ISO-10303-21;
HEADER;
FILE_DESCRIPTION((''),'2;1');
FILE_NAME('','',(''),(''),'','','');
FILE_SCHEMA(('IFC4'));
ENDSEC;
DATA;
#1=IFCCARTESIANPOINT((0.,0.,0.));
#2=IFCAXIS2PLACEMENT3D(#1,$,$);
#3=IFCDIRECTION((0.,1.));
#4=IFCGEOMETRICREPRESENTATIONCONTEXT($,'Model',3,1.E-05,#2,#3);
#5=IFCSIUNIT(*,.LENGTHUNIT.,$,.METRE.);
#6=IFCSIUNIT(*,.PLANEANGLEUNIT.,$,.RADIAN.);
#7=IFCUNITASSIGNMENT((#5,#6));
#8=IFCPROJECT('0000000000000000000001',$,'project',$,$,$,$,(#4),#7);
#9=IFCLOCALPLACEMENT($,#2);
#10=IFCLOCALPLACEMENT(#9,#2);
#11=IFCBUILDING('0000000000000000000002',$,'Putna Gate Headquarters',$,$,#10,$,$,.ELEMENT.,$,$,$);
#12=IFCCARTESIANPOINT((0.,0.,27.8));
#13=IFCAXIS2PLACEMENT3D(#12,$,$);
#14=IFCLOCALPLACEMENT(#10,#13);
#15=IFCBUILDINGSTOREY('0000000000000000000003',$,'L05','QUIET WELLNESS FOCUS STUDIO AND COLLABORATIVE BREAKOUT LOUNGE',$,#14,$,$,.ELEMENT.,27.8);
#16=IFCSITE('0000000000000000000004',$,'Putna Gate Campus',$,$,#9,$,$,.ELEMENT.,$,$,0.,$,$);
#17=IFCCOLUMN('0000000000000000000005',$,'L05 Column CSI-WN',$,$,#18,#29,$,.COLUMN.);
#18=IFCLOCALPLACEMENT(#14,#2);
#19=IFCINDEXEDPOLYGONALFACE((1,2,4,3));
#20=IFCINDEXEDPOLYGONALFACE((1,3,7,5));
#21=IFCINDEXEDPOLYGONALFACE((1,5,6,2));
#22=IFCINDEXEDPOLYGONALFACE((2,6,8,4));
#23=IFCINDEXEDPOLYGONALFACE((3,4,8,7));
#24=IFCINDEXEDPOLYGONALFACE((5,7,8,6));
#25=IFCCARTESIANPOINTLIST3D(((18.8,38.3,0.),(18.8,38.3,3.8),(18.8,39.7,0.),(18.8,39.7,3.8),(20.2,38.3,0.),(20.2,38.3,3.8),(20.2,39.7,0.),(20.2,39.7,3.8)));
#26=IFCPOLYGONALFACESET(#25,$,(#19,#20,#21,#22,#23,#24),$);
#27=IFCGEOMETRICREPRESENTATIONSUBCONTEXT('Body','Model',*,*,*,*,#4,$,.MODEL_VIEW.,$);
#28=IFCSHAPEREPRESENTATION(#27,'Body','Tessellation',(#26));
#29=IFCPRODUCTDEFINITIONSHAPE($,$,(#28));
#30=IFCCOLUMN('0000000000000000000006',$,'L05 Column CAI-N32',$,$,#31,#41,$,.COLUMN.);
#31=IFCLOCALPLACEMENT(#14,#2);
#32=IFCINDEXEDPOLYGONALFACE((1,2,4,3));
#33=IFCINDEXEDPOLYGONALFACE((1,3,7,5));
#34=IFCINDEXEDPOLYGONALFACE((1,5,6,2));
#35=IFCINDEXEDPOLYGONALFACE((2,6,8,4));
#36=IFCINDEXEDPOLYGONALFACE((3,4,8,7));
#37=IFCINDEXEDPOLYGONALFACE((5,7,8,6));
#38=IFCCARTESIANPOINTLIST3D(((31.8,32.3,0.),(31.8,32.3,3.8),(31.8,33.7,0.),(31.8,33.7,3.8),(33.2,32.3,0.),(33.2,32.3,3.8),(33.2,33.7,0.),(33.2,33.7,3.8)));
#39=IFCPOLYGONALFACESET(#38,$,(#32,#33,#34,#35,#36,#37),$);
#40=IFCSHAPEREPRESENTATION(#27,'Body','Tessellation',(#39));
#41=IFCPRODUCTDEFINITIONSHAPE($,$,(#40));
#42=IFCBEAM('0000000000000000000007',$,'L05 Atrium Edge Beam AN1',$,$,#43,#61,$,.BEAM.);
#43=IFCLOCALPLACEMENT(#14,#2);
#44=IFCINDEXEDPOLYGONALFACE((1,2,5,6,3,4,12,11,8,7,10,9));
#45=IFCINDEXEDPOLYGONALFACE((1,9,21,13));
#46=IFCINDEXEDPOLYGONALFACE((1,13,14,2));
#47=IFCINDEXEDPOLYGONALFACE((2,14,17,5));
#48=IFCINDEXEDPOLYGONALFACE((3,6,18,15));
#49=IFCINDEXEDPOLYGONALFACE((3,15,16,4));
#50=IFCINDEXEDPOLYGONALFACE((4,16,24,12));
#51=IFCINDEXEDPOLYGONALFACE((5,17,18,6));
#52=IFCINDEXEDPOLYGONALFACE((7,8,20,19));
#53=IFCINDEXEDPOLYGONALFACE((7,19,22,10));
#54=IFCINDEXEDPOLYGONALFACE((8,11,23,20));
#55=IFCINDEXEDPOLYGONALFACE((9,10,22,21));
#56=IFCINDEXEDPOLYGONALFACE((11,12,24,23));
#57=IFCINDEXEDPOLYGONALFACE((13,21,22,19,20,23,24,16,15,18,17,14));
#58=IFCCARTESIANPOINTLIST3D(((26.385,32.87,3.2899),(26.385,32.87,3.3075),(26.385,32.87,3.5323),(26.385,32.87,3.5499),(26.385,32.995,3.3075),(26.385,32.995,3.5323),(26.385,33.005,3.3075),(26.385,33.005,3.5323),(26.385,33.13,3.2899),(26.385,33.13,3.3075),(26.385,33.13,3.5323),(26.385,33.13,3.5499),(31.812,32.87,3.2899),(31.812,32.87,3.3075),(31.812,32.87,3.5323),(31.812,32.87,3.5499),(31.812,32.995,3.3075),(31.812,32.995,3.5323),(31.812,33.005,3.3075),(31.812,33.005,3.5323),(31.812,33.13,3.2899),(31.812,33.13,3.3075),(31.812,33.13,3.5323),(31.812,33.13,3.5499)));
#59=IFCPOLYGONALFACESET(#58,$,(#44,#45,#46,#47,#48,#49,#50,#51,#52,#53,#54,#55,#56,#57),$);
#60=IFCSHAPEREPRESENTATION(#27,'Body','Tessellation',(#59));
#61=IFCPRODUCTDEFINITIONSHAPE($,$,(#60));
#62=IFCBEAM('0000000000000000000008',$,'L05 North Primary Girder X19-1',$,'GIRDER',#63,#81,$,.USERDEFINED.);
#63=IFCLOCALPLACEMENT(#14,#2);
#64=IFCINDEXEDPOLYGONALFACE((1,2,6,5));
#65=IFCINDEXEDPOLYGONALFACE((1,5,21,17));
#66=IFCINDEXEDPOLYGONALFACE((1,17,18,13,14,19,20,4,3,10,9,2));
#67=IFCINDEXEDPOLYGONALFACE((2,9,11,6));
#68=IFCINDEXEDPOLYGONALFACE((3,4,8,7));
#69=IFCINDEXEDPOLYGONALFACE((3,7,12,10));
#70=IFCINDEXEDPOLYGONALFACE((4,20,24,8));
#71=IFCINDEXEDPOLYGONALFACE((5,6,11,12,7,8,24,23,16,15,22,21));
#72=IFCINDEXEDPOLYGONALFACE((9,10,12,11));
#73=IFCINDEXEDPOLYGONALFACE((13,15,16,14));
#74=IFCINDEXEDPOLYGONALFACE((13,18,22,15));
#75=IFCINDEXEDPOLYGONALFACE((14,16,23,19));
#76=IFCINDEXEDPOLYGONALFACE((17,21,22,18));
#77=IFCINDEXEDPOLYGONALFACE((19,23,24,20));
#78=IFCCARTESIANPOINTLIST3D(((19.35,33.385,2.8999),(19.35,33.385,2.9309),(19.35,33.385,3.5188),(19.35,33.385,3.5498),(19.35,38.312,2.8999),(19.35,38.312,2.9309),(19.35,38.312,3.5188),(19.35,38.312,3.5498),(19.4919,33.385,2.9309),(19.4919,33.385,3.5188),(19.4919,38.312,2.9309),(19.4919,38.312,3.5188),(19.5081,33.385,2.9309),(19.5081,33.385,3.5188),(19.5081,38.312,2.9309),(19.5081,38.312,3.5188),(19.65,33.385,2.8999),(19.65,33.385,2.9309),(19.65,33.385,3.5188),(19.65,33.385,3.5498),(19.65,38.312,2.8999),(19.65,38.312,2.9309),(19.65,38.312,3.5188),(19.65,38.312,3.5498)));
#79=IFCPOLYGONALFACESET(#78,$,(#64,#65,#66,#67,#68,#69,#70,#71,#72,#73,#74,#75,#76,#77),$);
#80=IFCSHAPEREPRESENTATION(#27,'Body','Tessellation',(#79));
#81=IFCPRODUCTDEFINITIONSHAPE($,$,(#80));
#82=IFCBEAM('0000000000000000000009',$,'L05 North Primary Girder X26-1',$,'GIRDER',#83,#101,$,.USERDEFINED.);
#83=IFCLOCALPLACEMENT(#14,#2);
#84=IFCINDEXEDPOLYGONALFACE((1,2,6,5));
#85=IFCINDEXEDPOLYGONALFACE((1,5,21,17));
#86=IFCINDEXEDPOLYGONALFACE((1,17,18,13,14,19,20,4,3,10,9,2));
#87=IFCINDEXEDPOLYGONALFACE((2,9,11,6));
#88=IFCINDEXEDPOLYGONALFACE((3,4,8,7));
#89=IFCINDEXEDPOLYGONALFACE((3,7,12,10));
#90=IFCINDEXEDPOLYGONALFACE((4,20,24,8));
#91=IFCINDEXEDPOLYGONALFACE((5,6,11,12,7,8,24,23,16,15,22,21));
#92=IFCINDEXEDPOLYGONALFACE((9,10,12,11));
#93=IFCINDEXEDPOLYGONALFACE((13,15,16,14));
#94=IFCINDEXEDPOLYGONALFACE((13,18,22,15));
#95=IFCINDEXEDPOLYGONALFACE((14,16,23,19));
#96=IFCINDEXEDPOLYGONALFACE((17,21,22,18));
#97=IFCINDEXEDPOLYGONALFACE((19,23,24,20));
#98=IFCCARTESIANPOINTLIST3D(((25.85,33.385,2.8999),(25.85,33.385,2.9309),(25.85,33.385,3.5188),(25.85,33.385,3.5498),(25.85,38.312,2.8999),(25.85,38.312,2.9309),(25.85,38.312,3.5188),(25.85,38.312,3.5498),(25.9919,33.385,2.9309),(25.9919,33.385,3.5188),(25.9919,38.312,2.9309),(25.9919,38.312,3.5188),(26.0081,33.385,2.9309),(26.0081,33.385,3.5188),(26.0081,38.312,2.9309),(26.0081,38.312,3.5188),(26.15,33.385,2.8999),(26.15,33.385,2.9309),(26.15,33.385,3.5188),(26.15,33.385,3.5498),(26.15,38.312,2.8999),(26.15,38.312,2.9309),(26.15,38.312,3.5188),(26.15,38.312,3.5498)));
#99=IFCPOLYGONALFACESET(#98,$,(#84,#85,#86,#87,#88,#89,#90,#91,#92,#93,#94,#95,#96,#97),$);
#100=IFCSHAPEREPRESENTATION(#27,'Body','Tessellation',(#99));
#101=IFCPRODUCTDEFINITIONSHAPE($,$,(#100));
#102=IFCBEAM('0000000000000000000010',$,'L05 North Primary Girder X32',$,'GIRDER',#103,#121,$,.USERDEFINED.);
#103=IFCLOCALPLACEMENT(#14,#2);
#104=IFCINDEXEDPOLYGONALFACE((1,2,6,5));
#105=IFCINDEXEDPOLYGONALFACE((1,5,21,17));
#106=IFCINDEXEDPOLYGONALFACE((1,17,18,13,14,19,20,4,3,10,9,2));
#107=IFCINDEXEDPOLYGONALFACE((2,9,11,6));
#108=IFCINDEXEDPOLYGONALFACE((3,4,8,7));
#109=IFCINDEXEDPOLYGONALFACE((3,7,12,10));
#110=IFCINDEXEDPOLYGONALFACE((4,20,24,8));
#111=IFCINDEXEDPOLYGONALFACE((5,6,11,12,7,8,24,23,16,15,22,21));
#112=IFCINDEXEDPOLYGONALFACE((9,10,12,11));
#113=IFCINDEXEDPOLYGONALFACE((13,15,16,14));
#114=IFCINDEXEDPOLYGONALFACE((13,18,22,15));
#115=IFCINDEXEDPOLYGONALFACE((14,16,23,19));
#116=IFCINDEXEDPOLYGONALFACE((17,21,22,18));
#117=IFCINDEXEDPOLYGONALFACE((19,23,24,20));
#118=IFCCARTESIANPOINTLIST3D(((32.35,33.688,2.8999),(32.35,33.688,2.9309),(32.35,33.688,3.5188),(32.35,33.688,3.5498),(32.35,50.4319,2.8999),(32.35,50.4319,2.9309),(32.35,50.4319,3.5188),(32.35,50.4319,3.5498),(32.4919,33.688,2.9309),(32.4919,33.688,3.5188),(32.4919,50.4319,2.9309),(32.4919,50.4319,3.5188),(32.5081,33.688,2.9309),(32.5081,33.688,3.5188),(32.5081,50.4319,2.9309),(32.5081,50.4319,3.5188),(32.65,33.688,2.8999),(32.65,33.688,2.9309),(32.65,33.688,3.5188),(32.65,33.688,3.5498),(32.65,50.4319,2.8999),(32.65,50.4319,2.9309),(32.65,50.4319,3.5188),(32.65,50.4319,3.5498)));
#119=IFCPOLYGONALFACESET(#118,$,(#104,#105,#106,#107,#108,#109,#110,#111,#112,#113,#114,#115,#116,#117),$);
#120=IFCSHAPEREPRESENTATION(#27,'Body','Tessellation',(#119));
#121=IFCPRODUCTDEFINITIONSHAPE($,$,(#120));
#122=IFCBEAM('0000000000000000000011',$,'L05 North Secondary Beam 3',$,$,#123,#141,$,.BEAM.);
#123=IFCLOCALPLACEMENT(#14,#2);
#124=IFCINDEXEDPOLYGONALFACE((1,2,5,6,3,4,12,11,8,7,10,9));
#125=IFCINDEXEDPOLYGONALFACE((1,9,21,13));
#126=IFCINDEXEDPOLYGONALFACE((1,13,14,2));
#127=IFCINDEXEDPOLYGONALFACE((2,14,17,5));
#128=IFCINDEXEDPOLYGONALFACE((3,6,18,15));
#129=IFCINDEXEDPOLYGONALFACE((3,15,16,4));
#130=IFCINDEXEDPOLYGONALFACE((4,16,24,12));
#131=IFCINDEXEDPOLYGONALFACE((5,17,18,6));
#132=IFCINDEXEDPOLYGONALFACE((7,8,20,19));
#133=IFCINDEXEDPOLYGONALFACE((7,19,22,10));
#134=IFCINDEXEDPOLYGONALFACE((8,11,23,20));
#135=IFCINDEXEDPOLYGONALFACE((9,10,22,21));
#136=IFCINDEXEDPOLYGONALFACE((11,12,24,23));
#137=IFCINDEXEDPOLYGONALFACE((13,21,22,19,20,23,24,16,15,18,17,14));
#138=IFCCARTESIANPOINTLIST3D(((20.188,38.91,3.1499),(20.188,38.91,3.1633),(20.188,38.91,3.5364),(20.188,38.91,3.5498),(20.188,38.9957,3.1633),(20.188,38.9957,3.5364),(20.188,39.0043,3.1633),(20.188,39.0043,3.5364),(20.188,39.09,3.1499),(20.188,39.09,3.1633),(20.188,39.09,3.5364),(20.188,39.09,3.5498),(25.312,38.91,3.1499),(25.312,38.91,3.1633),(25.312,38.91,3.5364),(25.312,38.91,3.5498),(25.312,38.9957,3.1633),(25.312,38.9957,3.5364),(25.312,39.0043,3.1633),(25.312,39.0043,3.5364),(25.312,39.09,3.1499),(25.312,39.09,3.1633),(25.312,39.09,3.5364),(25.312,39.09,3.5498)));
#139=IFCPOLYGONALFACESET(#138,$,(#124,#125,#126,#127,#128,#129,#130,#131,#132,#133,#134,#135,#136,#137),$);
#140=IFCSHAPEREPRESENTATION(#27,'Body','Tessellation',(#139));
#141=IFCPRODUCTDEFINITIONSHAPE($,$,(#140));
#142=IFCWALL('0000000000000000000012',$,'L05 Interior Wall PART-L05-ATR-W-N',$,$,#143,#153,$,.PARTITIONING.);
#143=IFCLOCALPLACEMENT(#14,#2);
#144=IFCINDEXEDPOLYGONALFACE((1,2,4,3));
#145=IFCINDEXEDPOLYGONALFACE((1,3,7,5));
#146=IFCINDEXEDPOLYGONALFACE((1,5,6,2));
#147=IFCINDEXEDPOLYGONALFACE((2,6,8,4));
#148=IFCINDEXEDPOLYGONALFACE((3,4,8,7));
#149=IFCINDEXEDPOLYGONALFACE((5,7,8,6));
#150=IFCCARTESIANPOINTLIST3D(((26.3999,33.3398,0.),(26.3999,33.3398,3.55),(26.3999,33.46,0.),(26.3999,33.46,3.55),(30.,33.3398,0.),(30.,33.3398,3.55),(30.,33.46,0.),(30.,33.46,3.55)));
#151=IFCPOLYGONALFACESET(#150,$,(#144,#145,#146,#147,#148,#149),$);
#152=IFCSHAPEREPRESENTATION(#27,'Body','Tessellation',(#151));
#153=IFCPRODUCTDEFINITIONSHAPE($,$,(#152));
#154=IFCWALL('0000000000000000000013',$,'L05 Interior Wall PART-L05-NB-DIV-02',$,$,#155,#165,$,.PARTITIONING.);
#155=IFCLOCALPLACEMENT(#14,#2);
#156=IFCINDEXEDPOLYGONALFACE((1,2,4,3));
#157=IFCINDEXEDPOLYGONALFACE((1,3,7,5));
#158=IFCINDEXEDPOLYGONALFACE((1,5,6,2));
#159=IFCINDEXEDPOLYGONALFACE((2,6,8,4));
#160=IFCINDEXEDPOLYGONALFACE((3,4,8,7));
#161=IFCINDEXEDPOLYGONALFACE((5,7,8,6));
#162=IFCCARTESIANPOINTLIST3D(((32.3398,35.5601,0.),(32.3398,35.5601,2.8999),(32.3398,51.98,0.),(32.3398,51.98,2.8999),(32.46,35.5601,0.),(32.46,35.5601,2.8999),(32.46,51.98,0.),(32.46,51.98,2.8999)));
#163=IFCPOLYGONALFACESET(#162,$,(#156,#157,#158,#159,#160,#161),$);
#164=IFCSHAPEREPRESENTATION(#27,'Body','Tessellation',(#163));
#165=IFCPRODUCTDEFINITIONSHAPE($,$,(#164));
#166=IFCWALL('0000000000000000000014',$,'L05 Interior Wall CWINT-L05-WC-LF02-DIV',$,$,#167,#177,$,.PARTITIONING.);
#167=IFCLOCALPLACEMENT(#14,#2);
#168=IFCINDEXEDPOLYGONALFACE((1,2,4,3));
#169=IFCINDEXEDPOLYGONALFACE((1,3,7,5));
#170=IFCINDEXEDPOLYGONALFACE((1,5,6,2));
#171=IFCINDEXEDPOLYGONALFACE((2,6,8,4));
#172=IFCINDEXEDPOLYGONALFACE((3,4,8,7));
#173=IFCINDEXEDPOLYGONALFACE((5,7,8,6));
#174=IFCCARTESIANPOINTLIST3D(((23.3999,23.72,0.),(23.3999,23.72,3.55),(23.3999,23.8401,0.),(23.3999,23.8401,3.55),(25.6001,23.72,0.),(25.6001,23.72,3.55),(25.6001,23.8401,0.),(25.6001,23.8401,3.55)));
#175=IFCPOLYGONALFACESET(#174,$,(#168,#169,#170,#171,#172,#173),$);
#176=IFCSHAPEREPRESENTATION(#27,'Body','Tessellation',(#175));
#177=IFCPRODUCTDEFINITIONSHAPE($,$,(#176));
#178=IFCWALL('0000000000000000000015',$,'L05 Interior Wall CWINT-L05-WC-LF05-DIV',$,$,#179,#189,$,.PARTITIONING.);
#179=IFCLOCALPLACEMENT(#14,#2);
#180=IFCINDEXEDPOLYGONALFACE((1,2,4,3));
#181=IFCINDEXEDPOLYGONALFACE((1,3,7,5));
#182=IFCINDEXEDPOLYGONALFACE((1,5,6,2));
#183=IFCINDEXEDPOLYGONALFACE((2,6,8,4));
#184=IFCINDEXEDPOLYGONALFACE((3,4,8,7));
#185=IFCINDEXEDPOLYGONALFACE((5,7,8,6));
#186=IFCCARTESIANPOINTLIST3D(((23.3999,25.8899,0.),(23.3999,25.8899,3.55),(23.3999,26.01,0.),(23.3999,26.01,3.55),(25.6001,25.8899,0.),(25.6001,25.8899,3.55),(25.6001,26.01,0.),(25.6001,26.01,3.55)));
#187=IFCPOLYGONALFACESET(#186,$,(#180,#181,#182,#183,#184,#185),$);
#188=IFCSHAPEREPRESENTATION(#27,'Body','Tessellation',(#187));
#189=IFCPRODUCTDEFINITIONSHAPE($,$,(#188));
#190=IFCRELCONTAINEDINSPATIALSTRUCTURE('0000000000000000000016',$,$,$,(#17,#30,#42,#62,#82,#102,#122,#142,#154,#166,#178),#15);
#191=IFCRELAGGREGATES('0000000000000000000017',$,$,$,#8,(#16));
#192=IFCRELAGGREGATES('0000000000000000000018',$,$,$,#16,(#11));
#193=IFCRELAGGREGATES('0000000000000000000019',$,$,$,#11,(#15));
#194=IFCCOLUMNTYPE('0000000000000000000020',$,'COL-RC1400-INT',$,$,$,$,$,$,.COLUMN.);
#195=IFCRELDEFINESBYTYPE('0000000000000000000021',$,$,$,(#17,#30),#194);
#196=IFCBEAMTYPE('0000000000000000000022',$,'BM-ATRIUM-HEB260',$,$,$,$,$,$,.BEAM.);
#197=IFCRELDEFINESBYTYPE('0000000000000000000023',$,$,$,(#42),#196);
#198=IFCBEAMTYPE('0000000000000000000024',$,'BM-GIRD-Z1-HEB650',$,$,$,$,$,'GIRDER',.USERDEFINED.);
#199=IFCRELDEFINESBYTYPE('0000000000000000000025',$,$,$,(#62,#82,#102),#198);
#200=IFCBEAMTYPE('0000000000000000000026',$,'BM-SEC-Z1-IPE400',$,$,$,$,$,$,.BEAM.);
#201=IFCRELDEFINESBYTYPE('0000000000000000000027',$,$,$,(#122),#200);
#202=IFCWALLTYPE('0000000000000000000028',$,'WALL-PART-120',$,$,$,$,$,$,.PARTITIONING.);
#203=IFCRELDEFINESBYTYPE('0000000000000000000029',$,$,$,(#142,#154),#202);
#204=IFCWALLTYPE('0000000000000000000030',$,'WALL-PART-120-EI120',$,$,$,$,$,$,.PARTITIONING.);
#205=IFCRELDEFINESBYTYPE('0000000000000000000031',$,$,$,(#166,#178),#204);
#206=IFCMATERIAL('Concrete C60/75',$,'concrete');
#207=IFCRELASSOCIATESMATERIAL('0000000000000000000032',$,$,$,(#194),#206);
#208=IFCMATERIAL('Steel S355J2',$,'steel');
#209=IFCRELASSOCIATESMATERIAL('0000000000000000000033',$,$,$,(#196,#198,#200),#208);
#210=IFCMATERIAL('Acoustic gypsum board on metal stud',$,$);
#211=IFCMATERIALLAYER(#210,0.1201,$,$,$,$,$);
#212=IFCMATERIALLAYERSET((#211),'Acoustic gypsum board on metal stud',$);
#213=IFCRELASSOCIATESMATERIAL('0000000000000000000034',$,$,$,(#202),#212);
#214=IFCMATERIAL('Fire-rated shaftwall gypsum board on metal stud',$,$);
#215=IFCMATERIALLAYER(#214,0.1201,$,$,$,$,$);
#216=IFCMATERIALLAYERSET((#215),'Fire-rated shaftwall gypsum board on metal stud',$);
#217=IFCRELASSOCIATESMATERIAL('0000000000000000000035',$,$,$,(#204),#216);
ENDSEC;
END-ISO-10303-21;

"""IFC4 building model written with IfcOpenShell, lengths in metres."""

from ifc_helpers import new_model, si_unit, direction, frame, frame_2d, origin, origin_2d, place, context, subcontext, project, spatial, rectangle, i_section, extrude, material, layer, layer_set, material_profile, profile_set, type_object, element, save


model = new_model("IFC4")

# Units and contexts
model_context = context("Model", 3, precision=1e-05, world=origin(), true_north=direction((0.0, 1.0)))
body_context = subcontext(model_context, "Body", "Model", "MODEL_VIEW")
ifc_project = project(units=[si_unit("LENGTHUNIT", "METRE"), si_unit("PLANEANGLEUNIT", "RADIAN")], contexts=[model_context])

# Site, building, storey
site_placement = place(None, origin())
site = spatial("IfcSite", under=ifc_project, at=site_placement, Name="Putna Gate Campus", CompositionType="ELEMENT", RefElevation=0.0)
building_placement = place(site_placement, origin())
building = spatial("IfcBuilding", under=site, at=building_placement, Name="Putna Gate Headquarters", CompositionType="ELEMENT")
storey_placement = place(building_placement, frame((0.0, 0.0, 27.8)))
storey = spatial("IfcBuildingStorey", under=building, at=storey_placement, Name="L05", Description="QUIET WELLNESS FOCUS STUDIO AND COLLABORATIVE BREAKOUT LOUNGE", CompositionType="ELEMENT", Elevation=27.8)

# Columns
ifc_material_1 = material(Name="Concrete C60/75", Category="concrete")
ifc_material_profile_1 = material_profile(ifc_material_1, rectangle(XDim=1.3999, YDim=1.3999, at=origin_2d()), Name="Concrete C60/75")
ifc_profile_set_1 = profile_set([ifc_material_profile_1], Name="Concrete C60/75")
column_type = type_object("IfcColumnType", Name="COL-RC1400-INT", PredefinedType="COLUMN", material=ifc_profile_set_1)
for number, where, z_axis, x_axis, name in (
    (1, (19.5, 39.0, 0.0), (0.0, 0.0, 1.0), (1.0, 0.0, 0.0), "L05 Column CSI-WN"),
    (2, (32.5, 33.0, 0.0), (0.0, 0.0, 1.0), (1.0, 0.0, 0.0), "L05 Column CAI-N32"),
):
    element("IfcColumn", number, at=place(storey_placement, frame(where, z_axis=z_axis, x_axis=x_axis)), inside=storey, type_object=column_type, Name=name, PredefinedType="COLUMN", context=body_context, shape_type="SweptSolid", body=[
        extrude(rectangle(XDim=1.3999, YDim=1.3999, at=origin_2d()), origin(), (0.0, 0.0, 1.0), 3.8),
    ])

# Beams
ifc_material_2 = material(Name="Steel S355J2", Category="steel")
ifc_material_profile_2 = material_profile(ifc_material_2, i_section(OverallWidth=0.26, OverallDepth=0.26, WebThickness=0.01, FlangeThickness=0.0176, at=origin_2d()), Name="Steel S355J2")
ifc_profile_set_2 = profile_set([ifc_material_profile_2], Name="Steel S355J2")
beam_type_1 = type_object("IfcBeamType", Name="BM-ATRIUM-HEB260", PredefinedType="BEAM", material=ifc_profile_set_2)
beam_1_placement = place(storey_placement, frame((26.385, 33.0, 3.4199), z_axis=(1.0, 0.0, 0.0), x_axis=(0.0, 1.0, 0.0)))
element("IfcBeam", 3, at=beam_1_placement, inside=storey, type_object=beam_type_1, Name="L05 Atrium Edge Beam AN1", PredefinedType="BEAM", context=body_context, shape_type="SweptSolid", body=[
    extrude(i_section(OverallWidth=0.26, OverallDepth=0.26, WebThickness=0.01, FlangeThickness=0.0176, at=origin_2d()), origin(), (0.0, 0.0, 1.0), 5.427),
])
ifc_material_profile_3 = material_profile(ifc_material_2, i_section(OverallWidth=0.3, OverallDepth=0.6499, WebThickness=0.0161, FlangeThickness=0.031, at=origin_2d()), Name="Steel S355J2")
ifc_profile_set_3 = profile_set([ifc_material_profile_3], Name="Steel S355J2")
beam_type_2 = type_object("IfcBeamType", Name="BM-GIRD-Z1-HEB650", ElementType="GIRDER", PredefinedType="USERDEFINED", material=ifc_profile_set_3)
for number, where, z_axis, x_axis, name in (
    (4, (19.5, 33.385, 3.2249), (0.0, 1.0, 0.0), (-1.0, 0.0, 0.0), "L05 North Primary Girder X19-1"),
    (5, (26.0, 33.385, 3.2249), (0.0, 1.0, 0.0), (-1.0, 0.0, 0.0), "L05 North Primary Girder X26-1"),
):
    element("IfcBeam", number, at=place(storey_placement, frame(where, z_axis=z_axis, x_axis=x_axis)), inside=storey, type_object=beam_type_2, Name=name, ObjectType="GIRDER", PredefinedType="USERDEFINED", context=body_context, shape_type="SweptSolid", body=[
        extrude(i_section(OverallWidth=0.3, OverallDepth=0.6499, WebThickness=0.0161, FlangeThickness=0.031, at=origin_2d()), origin(), (0.0, 0.0, 1.0), 4.927),
    ])
beam_2_placement = place(storey_placement, frame((32.5, 33.688, 3.2249), z_axis=(0.0, 1.0, 0.0), x_axis=(-1.0, 0.0, 0.0)))
element("IfcBeam", 6, at=beam_2_placement, inside=storey, type_object=beam_type_2, Name="L05 North Primary Girder X32", ObjectType="GIRDER", PredefinedType="USERDEFINED", context=body_context, shape_type="SweptSolid", body=[
    extrude(i_section(OverallWidth=0.3, OverallDepth=0.6499, WebThickness=0.0161, FlangeThickness=0.031, at=origin_2d()), origin(), (0.0, 0.0, 1.0), 16.7439),
])
ifc_material_profile_4 = material_profile(ifc_material_2, i_section(OverallWidth=0.1799, OverallDepth=0.3999, WebThickness=0.0085, FlangeThickness=0.0134, at=origin_2d()), Name="Steel S355J2")
ifc_profile_set_4 = profile_set([ifc_material_profile_4], Name="Steel S355J2")
beam_type_3 = type_object("IfcBeamType", Name="BM-SEC-Z1-IPE400", PredefinedType="BEAM", material=ifc_profile_set_4)
beam_3_placement = place(storey_placement, frame((20.188, 39.0, 3.3499), z_axis=(1.0, 0.0, 0.0), x_axis=(0.0, 1.0, 0.0)))
element("IfcBeam", 7, at=beam_3_placement, inside=storey, type_object=beam_type_3, Name="L05 North Secondary Beam 3", PredefinedType="BEAM", context=body_context, shape_type="SweptSolid", body=[
    extrude(i_section(OverallWidth=0.1799, OverallDepth=0.3999, WebThickness=0.0085, FlangeThickness=0.0134, at=origin_2d()), origin(), (0.0, 0.0, 1.0), 5.124),
])

# Walls
ifc_material_3 = material(Name="Acoustic gypsum board on metal stud")
ifc_layer_1 = layer(ifc_material_3, 0.1201)
ifc_layer_set_1 = layer_set([ifc_layer_1], Name="Acoustic gypsum board on metal stud")
wall_type_1 = type_object("IfcWallType", Name="WALL-PART-120", PredefinedType="PARTITIONING", material=ifc_layer_set_1)
wall_1_placement = place(storey_placement, frame((26.3999, 33.3999, 0.0), z_axis=(0.0, 0.0, 1.0), x_axis=(1.0, 0.0, 0.0)))
element("IfcWall", 8, at=wall_1_placement, inside=storey, type_object=wall_type_1, Name="L05 Interior Wall PART-L05-ATR-W-N", PredefinedType="PARTITIONING", context=body_context, shape_type="SweptSolid", body=[
    extrude(rectangle(XDim=3.6001, YDim=0.1201, at=frame_2d((1.8, 0.0))), origin(), (0.0, 0.0, 1.0), 3.55),
])
wall_2_placement = place(storey_placement, frame((32.3999, 35.5601, 0.0), z_axis=(0.0, 0.0, 1.0), x_axis=(0.0, 1.0, 0.0)))
element("IfcWall", 9, at=wall_2_placement, inside=storey, type_object=wall_type_1, Name="L05 Interior Wall PART-L05-NB-DIV-02", PredefinedType="PARTITIONING", context=body_context, shape_type="SweptSolid", body=[
    extrude(rectangle(XDim=16.4199, YDim=0.1201, at=frame_2d((8.21, 0.0))), origin(), (0.0, 0.0, 1.0), 2.8999),
])
ifc_material_4 = material(Name="Fire-rated shaftwall gypsum board on metal stud")
ifc_layer_2 = layer(ifc_material_4, 0.1201)
ifc_layer_set_2 = layer_set([ifc_layer_2], Name="Fire-rated shaftwall gypsum board on metal stud")
wall_type_2 = type_object("IfcWallType", Name="WALL-PART-120-EI120", PredefinedType="PARTITIONING", material=ifc_layer_set_2)
for number, where, z_axis, x_axis, name in (
    (10, (23.3999, 23.78, 0.0), (0.0, 0.0, 1.0), (1.0, 0.0, 0.0), "L05 Interior Wall CWINT-L05-WC-LF02-DIV"),
    (11, (23.3999, 25.95, 0.0), (0.0, 0.0, 1.0), (1.0, 0.0, 0.0), "L05 Interior Wall CWINT-L05-WC-LF05-DIV"),
):
    element("IfcWall", number, at=place(storey_placement, frame(where, z_axis=z_axis, x_axis=x_axis)), inside=storey, type_object=wall_type_2, Name=name, PredefinedType="PARTITIONING", context=body_context, shape_type="SweptSolid", body=[
        extrude(rectangle(XDim=2.2002, YDim=0.1201, at=frame_2d((1.1001, 0.0))), origin(), (0.0, 0.0, 1.0), 3.55),
    ])

save(model, "model.ifc")
